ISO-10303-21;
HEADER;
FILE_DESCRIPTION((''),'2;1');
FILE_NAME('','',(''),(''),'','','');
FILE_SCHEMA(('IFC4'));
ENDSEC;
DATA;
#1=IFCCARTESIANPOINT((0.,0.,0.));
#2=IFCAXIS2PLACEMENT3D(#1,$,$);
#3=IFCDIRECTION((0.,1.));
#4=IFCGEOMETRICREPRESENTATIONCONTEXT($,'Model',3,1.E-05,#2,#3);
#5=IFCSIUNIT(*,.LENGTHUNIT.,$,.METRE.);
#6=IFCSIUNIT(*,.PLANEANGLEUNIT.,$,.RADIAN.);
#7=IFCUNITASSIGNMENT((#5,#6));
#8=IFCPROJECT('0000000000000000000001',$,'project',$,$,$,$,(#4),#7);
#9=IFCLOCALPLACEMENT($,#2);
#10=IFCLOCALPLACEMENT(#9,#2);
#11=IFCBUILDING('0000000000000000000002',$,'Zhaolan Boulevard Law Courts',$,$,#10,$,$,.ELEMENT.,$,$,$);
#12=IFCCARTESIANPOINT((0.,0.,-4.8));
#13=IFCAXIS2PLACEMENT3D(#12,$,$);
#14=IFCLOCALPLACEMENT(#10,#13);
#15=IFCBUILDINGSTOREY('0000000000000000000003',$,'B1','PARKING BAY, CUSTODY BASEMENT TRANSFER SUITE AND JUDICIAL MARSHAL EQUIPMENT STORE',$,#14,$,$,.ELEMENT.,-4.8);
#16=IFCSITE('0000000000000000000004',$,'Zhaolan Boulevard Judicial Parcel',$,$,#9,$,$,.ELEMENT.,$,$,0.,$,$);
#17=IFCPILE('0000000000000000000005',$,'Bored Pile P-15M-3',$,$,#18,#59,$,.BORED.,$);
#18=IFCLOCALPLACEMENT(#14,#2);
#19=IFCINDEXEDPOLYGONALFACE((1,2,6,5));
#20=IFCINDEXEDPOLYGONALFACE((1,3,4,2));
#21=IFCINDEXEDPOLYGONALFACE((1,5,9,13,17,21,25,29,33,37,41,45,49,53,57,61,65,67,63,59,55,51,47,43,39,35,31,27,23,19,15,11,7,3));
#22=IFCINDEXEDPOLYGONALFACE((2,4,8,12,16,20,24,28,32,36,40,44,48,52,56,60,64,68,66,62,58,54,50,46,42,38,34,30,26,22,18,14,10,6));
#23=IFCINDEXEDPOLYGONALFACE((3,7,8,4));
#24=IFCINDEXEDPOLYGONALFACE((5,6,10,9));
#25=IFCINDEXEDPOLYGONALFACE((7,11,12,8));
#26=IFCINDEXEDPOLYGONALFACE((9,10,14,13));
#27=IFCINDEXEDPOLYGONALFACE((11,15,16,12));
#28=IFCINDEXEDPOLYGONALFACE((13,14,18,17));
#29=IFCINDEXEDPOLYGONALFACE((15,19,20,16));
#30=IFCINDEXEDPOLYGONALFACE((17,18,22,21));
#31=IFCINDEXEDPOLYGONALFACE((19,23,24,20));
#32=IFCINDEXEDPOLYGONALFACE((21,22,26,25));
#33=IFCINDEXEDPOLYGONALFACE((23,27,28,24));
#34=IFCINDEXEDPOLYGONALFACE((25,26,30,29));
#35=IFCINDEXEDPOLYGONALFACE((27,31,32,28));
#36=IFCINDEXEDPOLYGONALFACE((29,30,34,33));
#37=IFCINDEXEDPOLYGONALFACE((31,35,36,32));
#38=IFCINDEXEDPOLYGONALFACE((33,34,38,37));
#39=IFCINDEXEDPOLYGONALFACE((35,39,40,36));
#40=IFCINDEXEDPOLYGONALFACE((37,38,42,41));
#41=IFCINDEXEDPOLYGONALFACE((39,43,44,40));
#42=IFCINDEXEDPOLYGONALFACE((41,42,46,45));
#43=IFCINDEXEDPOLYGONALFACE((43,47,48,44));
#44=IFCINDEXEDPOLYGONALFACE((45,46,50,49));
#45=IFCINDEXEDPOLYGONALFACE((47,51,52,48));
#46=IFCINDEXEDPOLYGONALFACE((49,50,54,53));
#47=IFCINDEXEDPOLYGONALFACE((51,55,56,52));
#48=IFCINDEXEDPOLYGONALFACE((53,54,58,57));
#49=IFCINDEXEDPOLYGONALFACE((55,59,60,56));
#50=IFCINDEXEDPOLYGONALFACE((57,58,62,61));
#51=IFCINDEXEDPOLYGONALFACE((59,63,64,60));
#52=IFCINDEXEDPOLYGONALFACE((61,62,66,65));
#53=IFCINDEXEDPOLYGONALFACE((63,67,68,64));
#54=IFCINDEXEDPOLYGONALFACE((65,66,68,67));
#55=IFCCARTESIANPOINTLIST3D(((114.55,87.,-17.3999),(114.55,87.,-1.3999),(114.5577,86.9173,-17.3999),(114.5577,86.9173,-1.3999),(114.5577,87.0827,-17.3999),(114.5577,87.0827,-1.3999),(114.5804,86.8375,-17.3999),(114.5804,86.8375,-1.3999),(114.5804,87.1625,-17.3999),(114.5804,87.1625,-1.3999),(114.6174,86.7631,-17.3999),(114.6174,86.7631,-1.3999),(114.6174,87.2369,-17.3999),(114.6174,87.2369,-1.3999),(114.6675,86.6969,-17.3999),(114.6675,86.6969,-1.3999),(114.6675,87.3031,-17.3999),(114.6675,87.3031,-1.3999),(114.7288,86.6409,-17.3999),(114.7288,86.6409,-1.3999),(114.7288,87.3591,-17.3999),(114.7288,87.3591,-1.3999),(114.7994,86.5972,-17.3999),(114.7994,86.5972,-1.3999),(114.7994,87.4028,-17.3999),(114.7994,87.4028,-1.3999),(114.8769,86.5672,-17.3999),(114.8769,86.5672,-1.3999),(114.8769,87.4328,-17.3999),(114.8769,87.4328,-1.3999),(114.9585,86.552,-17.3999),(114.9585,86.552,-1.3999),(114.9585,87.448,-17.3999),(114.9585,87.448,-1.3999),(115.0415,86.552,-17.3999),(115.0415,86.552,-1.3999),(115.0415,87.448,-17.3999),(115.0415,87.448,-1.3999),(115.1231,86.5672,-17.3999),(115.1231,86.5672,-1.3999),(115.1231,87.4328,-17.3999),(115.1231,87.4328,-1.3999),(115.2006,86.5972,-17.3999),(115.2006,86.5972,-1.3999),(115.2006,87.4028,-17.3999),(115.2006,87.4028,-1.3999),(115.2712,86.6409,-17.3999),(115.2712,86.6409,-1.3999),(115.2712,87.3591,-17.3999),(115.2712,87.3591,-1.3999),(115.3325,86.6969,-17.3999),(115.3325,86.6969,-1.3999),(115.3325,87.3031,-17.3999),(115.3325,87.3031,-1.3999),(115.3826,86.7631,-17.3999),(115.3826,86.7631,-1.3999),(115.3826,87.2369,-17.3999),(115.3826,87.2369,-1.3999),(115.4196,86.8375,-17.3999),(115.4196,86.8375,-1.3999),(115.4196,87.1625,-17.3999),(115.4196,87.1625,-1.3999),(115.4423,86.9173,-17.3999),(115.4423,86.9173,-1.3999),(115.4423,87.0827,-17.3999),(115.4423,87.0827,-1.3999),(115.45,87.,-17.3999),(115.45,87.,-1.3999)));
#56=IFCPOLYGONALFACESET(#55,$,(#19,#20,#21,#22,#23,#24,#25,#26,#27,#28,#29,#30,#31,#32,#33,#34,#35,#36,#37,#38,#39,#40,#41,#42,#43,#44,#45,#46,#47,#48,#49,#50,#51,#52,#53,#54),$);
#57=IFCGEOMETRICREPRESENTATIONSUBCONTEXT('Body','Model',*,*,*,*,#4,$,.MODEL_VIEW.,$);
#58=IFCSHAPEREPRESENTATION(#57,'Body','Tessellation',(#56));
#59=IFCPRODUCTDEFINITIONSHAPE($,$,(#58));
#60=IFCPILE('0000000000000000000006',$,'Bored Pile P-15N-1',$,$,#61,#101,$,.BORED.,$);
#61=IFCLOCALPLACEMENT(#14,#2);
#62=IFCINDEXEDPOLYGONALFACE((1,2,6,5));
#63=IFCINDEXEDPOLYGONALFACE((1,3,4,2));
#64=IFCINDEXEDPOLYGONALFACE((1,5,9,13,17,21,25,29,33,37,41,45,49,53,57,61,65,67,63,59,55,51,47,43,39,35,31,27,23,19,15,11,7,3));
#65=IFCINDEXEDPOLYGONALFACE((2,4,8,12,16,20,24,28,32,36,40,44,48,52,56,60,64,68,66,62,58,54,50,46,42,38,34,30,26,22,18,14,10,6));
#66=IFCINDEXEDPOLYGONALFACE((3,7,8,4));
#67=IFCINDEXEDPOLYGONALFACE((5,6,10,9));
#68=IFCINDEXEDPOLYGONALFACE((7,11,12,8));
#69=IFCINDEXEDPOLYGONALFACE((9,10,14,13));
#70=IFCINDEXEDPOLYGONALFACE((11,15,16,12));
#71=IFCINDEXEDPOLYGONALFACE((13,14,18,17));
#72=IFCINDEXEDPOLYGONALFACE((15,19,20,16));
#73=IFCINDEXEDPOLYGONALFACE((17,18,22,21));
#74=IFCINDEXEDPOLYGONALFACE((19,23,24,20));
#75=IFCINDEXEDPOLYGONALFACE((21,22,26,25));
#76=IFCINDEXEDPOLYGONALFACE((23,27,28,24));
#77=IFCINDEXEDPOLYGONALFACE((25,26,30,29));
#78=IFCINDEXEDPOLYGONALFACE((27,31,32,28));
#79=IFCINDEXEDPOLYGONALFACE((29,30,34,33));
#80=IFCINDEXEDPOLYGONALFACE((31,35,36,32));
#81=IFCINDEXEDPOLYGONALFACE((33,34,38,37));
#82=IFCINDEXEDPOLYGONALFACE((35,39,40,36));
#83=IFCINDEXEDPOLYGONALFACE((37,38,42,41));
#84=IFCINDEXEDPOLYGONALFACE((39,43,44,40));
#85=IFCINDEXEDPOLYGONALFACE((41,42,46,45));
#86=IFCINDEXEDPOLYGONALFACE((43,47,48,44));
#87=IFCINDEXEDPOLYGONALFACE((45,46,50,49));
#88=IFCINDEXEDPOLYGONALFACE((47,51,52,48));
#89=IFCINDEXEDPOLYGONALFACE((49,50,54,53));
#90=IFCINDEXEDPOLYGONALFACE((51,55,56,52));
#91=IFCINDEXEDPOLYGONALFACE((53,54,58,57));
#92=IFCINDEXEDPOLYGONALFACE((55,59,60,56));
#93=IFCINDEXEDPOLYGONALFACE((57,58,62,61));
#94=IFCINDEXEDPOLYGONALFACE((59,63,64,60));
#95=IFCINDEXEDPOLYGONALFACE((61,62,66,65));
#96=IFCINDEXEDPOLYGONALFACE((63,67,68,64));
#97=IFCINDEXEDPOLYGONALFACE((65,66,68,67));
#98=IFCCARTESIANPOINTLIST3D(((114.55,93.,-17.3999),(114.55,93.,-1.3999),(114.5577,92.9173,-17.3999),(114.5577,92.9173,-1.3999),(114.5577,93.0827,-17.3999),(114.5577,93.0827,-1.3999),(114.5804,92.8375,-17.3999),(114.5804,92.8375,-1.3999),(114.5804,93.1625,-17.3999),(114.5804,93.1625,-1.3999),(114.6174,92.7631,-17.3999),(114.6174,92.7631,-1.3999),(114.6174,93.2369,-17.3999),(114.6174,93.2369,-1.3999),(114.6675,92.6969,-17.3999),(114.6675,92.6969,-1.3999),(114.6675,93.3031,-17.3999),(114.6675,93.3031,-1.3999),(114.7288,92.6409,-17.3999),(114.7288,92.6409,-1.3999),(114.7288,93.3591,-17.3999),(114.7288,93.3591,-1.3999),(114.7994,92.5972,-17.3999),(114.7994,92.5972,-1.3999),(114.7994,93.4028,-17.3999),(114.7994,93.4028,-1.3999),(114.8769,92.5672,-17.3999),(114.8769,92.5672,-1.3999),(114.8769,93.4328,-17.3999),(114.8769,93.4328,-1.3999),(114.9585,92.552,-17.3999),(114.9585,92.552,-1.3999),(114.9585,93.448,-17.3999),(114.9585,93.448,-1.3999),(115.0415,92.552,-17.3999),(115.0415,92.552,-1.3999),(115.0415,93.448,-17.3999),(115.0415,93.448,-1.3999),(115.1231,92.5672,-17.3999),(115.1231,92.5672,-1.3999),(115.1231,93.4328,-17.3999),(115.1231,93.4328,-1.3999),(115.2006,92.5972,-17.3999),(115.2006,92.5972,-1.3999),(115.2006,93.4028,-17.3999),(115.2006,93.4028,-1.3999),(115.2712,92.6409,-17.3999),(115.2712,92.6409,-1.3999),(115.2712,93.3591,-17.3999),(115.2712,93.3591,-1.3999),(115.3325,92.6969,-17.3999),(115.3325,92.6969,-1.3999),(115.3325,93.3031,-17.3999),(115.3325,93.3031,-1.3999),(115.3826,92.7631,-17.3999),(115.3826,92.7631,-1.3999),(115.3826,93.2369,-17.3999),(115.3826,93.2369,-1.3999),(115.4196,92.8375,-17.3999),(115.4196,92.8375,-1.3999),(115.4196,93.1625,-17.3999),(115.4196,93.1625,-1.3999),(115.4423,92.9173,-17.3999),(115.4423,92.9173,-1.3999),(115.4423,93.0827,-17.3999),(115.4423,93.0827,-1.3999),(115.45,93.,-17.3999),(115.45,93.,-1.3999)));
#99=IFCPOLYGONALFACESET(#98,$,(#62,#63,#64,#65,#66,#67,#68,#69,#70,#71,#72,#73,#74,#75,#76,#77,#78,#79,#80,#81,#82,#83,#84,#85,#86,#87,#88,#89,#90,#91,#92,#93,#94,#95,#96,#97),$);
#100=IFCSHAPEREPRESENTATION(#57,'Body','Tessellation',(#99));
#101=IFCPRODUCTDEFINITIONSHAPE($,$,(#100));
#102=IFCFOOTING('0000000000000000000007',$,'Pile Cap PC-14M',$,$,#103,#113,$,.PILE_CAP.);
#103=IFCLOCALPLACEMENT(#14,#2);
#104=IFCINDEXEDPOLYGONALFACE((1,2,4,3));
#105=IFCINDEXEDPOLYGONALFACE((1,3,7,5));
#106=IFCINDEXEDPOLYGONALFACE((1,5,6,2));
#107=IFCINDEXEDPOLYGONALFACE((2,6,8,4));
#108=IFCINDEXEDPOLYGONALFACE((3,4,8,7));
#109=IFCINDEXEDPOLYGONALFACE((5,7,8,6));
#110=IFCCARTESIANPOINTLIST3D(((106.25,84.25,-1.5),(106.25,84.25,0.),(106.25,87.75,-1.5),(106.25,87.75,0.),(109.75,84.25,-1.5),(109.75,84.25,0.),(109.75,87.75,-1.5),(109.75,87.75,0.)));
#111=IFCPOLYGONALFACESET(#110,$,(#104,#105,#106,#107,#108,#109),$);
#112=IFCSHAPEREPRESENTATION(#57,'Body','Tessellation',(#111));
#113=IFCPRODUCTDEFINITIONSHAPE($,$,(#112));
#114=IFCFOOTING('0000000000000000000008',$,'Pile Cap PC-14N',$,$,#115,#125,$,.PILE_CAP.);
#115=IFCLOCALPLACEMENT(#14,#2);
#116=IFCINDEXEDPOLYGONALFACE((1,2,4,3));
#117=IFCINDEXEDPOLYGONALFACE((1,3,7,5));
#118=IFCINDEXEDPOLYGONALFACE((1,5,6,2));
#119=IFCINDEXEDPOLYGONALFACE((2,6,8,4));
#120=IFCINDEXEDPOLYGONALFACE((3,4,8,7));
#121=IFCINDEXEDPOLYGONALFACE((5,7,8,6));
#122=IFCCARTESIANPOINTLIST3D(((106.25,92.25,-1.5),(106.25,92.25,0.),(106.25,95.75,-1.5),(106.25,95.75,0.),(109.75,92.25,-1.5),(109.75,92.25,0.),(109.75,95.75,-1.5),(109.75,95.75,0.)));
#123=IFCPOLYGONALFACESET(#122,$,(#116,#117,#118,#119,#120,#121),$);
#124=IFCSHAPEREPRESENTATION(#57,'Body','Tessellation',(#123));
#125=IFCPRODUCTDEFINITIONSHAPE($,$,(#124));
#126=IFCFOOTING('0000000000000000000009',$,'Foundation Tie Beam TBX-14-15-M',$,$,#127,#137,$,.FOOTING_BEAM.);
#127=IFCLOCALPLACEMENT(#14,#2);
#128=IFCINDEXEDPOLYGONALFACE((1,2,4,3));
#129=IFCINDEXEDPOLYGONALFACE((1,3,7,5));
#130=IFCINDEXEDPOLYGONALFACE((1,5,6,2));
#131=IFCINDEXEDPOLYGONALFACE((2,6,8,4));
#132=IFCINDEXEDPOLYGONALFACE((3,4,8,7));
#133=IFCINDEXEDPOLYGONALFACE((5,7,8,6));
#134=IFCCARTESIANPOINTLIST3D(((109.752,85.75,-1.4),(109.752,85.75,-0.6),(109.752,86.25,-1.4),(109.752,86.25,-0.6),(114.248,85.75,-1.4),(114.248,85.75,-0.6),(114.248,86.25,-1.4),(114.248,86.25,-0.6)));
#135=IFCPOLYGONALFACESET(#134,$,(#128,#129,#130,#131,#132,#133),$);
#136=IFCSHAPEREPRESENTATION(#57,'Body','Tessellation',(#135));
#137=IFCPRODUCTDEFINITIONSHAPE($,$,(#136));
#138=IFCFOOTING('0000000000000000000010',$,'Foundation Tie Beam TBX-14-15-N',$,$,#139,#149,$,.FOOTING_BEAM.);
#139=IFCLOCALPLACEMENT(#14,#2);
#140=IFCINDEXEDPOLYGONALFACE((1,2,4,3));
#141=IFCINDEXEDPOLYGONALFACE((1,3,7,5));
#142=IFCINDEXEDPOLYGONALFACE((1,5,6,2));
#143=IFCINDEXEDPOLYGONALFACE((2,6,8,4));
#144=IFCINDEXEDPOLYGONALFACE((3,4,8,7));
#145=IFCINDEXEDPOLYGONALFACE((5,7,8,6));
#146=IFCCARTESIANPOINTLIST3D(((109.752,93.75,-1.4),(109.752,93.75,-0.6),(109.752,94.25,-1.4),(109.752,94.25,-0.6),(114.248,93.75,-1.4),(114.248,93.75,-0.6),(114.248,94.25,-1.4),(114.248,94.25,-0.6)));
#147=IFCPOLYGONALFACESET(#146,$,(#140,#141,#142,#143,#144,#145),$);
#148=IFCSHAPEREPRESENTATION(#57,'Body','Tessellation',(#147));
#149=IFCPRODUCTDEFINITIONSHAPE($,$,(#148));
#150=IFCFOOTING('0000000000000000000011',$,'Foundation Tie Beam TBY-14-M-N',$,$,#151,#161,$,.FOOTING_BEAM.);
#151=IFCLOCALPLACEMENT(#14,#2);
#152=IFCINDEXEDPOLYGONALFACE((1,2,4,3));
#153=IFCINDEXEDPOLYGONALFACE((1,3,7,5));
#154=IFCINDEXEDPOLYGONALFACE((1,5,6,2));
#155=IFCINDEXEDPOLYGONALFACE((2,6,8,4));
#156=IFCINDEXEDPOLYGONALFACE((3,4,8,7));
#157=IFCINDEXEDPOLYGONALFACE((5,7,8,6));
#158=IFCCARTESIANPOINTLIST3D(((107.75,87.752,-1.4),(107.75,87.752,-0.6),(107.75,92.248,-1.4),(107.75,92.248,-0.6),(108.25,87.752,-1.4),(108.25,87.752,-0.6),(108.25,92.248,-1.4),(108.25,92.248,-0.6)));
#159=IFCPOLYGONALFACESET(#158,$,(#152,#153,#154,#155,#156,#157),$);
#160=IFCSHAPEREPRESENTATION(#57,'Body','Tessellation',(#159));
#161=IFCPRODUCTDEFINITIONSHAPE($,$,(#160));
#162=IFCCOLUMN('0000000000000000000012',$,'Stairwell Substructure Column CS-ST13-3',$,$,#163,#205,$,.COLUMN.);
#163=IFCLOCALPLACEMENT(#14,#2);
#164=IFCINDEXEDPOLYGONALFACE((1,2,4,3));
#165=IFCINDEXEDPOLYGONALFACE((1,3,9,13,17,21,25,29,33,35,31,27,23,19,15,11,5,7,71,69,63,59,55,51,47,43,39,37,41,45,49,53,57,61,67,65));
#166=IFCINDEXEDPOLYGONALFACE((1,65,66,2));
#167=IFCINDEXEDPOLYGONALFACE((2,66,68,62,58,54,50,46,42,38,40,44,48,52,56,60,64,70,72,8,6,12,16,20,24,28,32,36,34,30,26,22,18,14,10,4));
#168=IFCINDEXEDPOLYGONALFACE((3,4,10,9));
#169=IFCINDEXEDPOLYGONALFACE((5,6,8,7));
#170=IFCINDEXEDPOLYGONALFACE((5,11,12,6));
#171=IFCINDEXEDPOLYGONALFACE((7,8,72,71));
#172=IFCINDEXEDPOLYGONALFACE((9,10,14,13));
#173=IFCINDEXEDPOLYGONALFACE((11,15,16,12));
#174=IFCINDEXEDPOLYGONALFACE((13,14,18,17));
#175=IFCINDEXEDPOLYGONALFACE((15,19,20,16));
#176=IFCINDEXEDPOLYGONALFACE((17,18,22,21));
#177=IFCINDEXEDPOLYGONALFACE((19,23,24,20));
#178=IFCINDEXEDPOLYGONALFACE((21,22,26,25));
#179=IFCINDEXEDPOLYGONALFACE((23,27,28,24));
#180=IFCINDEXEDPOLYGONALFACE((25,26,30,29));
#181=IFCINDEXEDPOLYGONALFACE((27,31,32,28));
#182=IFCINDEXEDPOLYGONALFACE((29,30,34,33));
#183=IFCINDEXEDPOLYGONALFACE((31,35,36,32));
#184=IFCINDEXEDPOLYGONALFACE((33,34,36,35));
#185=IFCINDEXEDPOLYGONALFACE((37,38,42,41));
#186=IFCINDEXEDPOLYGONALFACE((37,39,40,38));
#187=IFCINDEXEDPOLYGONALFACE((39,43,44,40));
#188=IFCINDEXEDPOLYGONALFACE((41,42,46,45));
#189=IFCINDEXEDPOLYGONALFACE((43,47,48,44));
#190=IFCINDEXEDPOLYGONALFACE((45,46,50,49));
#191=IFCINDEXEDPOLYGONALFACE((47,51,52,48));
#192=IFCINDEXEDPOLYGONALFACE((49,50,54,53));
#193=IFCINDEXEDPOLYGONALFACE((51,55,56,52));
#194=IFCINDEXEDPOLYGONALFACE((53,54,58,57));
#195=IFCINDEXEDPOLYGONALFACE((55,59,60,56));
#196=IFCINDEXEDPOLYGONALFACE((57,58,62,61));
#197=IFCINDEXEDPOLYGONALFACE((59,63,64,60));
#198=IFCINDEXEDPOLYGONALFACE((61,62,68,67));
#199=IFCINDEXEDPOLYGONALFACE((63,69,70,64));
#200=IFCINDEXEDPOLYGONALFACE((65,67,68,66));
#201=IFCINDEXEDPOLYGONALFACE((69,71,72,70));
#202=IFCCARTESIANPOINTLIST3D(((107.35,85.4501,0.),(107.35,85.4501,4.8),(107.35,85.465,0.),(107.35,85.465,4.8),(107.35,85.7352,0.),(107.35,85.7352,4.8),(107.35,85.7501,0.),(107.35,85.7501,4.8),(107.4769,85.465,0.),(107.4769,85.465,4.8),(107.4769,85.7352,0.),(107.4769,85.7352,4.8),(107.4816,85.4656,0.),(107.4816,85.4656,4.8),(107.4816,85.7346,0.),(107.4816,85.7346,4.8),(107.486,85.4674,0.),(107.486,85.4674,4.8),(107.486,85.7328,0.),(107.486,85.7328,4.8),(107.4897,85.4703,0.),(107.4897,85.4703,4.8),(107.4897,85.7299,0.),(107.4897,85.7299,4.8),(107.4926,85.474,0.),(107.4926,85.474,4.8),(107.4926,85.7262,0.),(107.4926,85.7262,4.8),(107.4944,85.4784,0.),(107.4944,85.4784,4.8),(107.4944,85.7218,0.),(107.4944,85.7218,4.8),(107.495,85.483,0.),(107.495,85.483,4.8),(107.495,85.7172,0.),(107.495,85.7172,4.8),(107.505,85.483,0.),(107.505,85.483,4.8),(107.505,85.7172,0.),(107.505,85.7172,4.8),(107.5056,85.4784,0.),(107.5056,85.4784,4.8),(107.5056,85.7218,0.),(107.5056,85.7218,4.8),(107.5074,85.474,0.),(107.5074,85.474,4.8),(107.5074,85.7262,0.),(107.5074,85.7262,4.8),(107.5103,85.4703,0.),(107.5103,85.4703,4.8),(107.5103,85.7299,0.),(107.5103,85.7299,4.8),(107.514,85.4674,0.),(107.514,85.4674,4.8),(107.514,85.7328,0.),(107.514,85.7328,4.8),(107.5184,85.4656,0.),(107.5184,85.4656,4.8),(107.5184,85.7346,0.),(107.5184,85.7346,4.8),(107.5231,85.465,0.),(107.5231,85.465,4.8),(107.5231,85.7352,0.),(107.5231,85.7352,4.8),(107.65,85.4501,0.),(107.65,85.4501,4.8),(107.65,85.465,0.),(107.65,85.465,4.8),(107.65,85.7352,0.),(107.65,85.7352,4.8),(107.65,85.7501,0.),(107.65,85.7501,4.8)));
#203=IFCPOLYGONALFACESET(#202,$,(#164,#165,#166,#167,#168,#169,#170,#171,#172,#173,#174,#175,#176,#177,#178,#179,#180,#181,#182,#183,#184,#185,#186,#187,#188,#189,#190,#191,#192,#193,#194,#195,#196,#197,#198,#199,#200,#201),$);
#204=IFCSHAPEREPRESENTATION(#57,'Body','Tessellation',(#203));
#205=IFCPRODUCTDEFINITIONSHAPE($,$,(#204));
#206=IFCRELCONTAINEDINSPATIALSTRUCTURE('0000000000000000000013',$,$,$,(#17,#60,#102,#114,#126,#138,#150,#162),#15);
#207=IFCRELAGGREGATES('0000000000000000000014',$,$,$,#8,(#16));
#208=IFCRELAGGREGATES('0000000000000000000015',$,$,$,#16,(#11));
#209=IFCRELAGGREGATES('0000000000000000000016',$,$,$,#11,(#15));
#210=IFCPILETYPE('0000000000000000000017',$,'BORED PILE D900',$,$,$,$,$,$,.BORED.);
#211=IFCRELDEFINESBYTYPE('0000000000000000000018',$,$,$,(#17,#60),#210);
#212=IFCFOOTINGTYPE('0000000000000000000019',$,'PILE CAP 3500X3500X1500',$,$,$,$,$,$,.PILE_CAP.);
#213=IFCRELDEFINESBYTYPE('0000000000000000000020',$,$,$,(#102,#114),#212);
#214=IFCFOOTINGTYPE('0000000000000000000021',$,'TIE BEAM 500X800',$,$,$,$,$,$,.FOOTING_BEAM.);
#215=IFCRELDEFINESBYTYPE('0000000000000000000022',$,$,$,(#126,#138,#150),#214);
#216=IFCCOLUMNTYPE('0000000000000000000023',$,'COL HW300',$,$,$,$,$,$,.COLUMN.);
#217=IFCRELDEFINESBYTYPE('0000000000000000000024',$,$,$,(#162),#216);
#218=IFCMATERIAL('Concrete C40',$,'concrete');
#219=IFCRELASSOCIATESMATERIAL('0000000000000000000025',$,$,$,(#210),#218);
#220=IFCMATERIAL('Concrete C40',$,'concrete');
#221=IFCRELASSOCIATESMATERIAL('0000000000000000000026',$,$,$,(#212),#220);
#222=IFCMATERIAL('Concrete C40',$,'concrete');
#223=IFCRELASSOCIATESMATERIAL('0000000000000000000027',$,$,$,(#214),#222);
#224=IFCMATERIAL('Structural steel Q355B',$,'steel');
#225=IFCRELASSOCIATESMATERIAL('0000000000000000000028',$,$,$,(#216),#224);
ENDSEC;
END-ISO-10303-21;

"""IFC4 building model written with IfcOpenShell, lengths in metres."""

from ifc_helpers import new_model, si_unit, direction, frame, origin, origin_2d, place, context, subcontext, project, spatial, rectangle, circle, i_section, extrude, material, material_profile, profile_set, type_object, element, save


model = new_model("IFC4")

# Units and contexts
model_context = context("Model", 3, precision=1e-05, world=origin(), true_north=direction((0.0, 1.0)))
body_context = subcontext(model_context, "Body", "Model", "MODEL_VIEW")
ifc_project = project(units=[si_unit("LENGTHUNIT", "METRE"), si_unit("PLANEANGLEUNIT", "RADIAN")], contexts=[model_context])

# Site, building, storey
site_placement = place(None, origin())
site = spatial("IfcSite", under=ifc_project, at=site_placement, Name="Zhaolan Boulevard Judicial Parcel", CompositionType="ELEMENT", RefElevation=0.0)
building_placement = place(site_placement, origin())
building = spatial("IfcBuilding", under=site, at=building_placement, Name="Zhaolan Boulevard Law Courts", CompositionType="ELEMENT")
storey_placement = place(building_placement, frame((0.0, 0.0, -4.8)))
storey = spatial("IfcBuildingStorey", under=building, at=storey_placement, Name="B1", Description="PARKING BAY, CUSTODY BASEMENT TRANSFER SUITE AND JUDICIAL MARSHAL EQUIPMENT STORE", CompositionType="ELEMENT", Elevation=-4.8)

# Piles
ifc_material_1 = material(Name="Concrete C40", Category="concrete")
ifc_material_profile_1 = material_profile(ifc_material_1, circle(Radius=0.45, at=origin_2d()), Name="PILE-D900")
ifc_profile_set_1 = profile_set([ifc_material_profile_1], Name="Concrete C40")
pile_type = type_object("IfcPileType", Name="BORED PILE D900", PredefinedType="BORED", material=ifc_profile_set_1)
for number, where, z_axis, x_axis, name in (
    (1, (115.0, 87.0, -1.3999), (0.0, 0.0, -1.0), (1.0, 0.0, 0.0), "Bored Pile P-15M-3"),
    (2, (115.0, 93.0, -1.3999), (0.0, 0.0, -1.0), (1.0, 0.0, 0.0), "Bored Pile P-15N-1"),
):
    element("IfcPile", number, at=place(storey_placement, frame(where, z_axis=z_axis, x_axis=x_axis)), inside=storey, type_object=pile_type, Name=name, PredefinedType="BORED", context=body_context, shape_type="SweptSolid", body=[
        extrude(circle(Radius=0.45, at=origin_2d()), origin(), (0.0, 0.0, 1.0), 16.0),
    ])

# Footings
ifc_material_2 = material(Name="Concrete C40", Category="concrete")
footing_type_1 = type_object("IfcFootingType", Name="PILE CAP 3500X3500X1500", PredefinedType="PILE_CAP", material=ifc_material_2)
for number, where, z_axis, x_axis, name in (
    (3, (108.0, 86.0, -1.5), (0.0, 0.0, 1.0), (1.0, 0.0, 0.0), "Pile Cap PC-14M"),
    (4, (108.0, 94.0, -1.5), (0.0, 0.0, 1.0), (1.0, 0.0, 0.0), "Pile Cap PC-14N"),
):
    element("IfcFooting", number, at=place(storey_placement, frame(where, z_axis=z_axis, x_axis=x_axis)), inside=storey, type_object=footing_type_1, Name=name, PredefinedType="PILE_CAP", context=body_context, shape_type="SweptSolid", body=[
        extrude(rectangle(XDim=3.5, YDim=3.5, at=origin_2d()), origin(), (0.0, 0.0, 1.0), 1.5),
    ])
ifc_material_3 = material(Name="Concrete C40", Category="concrete")
ifc_material_profile_2 = material_profile(ifc_material_3, rectangle(XDim=0.5, YDim=0.8, at=origin_2d()), Name="RC500x800")
ifc_profile_set_2 = profile_set([ifc_material_profile_2], Name="Concrete C40")
footing_type_2 = type_object("IfcFootingType", Name="TIE BEAM 500X800", PredefinedType="FOOTING_BEAM", material=ifc_profile_set_2)
for number, where, z_axis, x_axis, name in (
    (5, (109.752, 86.0, -1.0), (1.0, 0.0, 0.0), (0.0, 1.0, 0.0), "Foundation Tie Beam TBX-14-15-M"),
    (6, (109.752, 94.0, -1.0), (1.0, 0.0, 0.0), (0.0, 1.0, 0.0), "Foundation Tie Beam TBX-14-15-N"),
    (7, (108.0, 87.752, -1.0), (0.0, 1.0, 0.0), (-1.0, 0.0, 0.0), "Foundation Tie Beam TBY-14-M-N"),
):
    element("IfcFooting", number, at=place(storey_placement, frame(where, z_axis=z_axis, x_axis=x_axis)), inside=storey, type_object=footing_type_2, Name=name, PredefinedType="FOOTING_BEAM", context=body_context, shape_type="SweptSolid", body=[
        extrude(rectangle(XDim=0.5, YDim=0.8, at=origin_2d()), origin(), (0.0, 0.0, 1.0), 4.4961),
    ])

# Column
ifc_material_4 = material(Name="Structural steel Q355B", Category="steel")
ifc_material_profile_3 = material_profile(ifc_material_4, i_section(OverallWidth=0.3, OverallDepth=0.3, WebThickness=0.01, FlangeThickness=0.0149, FilletRadius=0.0181, at=origin_2d()), Name="HW300x300")
ifc_profile_set_3 = profile_set([ifc_material_profile_3], Name="Structural steel Q355B")
column_type_1 = type_object("IfcColumnType", Name="COL HW300", PredefinedType="COLUMN", material=ifc_profile_set_3)
for number, where, z_axis, x_axis, name in (
    (8, (107.5, 85.6001, 0.0), (0.0, 0.0, 1.0), (1.0, 0.0, 0.0), "Stairwell Substructure Column CS-ST13-3"),
):
    element("IfcColumn", number, at=place(storey_placement, frame(where, z_axis=z_axis, x_axis=x_axis)), inside=storey, type_object=column_type_1, Name=name, PredefinedType="COLUMN", context=body_context, shape_type="SweptSolid", body=[
        extrude(i_section(OverallWidth=0.3, OverallDepth=0.3, WebThickness=0.01, FlangeThickness=0.0149, FilletRadius=0.0181, at=origin_2d()), origin(), (0.0, 0.0, 1.0), 4.8),
    ])

save(model, "model.ifc")
